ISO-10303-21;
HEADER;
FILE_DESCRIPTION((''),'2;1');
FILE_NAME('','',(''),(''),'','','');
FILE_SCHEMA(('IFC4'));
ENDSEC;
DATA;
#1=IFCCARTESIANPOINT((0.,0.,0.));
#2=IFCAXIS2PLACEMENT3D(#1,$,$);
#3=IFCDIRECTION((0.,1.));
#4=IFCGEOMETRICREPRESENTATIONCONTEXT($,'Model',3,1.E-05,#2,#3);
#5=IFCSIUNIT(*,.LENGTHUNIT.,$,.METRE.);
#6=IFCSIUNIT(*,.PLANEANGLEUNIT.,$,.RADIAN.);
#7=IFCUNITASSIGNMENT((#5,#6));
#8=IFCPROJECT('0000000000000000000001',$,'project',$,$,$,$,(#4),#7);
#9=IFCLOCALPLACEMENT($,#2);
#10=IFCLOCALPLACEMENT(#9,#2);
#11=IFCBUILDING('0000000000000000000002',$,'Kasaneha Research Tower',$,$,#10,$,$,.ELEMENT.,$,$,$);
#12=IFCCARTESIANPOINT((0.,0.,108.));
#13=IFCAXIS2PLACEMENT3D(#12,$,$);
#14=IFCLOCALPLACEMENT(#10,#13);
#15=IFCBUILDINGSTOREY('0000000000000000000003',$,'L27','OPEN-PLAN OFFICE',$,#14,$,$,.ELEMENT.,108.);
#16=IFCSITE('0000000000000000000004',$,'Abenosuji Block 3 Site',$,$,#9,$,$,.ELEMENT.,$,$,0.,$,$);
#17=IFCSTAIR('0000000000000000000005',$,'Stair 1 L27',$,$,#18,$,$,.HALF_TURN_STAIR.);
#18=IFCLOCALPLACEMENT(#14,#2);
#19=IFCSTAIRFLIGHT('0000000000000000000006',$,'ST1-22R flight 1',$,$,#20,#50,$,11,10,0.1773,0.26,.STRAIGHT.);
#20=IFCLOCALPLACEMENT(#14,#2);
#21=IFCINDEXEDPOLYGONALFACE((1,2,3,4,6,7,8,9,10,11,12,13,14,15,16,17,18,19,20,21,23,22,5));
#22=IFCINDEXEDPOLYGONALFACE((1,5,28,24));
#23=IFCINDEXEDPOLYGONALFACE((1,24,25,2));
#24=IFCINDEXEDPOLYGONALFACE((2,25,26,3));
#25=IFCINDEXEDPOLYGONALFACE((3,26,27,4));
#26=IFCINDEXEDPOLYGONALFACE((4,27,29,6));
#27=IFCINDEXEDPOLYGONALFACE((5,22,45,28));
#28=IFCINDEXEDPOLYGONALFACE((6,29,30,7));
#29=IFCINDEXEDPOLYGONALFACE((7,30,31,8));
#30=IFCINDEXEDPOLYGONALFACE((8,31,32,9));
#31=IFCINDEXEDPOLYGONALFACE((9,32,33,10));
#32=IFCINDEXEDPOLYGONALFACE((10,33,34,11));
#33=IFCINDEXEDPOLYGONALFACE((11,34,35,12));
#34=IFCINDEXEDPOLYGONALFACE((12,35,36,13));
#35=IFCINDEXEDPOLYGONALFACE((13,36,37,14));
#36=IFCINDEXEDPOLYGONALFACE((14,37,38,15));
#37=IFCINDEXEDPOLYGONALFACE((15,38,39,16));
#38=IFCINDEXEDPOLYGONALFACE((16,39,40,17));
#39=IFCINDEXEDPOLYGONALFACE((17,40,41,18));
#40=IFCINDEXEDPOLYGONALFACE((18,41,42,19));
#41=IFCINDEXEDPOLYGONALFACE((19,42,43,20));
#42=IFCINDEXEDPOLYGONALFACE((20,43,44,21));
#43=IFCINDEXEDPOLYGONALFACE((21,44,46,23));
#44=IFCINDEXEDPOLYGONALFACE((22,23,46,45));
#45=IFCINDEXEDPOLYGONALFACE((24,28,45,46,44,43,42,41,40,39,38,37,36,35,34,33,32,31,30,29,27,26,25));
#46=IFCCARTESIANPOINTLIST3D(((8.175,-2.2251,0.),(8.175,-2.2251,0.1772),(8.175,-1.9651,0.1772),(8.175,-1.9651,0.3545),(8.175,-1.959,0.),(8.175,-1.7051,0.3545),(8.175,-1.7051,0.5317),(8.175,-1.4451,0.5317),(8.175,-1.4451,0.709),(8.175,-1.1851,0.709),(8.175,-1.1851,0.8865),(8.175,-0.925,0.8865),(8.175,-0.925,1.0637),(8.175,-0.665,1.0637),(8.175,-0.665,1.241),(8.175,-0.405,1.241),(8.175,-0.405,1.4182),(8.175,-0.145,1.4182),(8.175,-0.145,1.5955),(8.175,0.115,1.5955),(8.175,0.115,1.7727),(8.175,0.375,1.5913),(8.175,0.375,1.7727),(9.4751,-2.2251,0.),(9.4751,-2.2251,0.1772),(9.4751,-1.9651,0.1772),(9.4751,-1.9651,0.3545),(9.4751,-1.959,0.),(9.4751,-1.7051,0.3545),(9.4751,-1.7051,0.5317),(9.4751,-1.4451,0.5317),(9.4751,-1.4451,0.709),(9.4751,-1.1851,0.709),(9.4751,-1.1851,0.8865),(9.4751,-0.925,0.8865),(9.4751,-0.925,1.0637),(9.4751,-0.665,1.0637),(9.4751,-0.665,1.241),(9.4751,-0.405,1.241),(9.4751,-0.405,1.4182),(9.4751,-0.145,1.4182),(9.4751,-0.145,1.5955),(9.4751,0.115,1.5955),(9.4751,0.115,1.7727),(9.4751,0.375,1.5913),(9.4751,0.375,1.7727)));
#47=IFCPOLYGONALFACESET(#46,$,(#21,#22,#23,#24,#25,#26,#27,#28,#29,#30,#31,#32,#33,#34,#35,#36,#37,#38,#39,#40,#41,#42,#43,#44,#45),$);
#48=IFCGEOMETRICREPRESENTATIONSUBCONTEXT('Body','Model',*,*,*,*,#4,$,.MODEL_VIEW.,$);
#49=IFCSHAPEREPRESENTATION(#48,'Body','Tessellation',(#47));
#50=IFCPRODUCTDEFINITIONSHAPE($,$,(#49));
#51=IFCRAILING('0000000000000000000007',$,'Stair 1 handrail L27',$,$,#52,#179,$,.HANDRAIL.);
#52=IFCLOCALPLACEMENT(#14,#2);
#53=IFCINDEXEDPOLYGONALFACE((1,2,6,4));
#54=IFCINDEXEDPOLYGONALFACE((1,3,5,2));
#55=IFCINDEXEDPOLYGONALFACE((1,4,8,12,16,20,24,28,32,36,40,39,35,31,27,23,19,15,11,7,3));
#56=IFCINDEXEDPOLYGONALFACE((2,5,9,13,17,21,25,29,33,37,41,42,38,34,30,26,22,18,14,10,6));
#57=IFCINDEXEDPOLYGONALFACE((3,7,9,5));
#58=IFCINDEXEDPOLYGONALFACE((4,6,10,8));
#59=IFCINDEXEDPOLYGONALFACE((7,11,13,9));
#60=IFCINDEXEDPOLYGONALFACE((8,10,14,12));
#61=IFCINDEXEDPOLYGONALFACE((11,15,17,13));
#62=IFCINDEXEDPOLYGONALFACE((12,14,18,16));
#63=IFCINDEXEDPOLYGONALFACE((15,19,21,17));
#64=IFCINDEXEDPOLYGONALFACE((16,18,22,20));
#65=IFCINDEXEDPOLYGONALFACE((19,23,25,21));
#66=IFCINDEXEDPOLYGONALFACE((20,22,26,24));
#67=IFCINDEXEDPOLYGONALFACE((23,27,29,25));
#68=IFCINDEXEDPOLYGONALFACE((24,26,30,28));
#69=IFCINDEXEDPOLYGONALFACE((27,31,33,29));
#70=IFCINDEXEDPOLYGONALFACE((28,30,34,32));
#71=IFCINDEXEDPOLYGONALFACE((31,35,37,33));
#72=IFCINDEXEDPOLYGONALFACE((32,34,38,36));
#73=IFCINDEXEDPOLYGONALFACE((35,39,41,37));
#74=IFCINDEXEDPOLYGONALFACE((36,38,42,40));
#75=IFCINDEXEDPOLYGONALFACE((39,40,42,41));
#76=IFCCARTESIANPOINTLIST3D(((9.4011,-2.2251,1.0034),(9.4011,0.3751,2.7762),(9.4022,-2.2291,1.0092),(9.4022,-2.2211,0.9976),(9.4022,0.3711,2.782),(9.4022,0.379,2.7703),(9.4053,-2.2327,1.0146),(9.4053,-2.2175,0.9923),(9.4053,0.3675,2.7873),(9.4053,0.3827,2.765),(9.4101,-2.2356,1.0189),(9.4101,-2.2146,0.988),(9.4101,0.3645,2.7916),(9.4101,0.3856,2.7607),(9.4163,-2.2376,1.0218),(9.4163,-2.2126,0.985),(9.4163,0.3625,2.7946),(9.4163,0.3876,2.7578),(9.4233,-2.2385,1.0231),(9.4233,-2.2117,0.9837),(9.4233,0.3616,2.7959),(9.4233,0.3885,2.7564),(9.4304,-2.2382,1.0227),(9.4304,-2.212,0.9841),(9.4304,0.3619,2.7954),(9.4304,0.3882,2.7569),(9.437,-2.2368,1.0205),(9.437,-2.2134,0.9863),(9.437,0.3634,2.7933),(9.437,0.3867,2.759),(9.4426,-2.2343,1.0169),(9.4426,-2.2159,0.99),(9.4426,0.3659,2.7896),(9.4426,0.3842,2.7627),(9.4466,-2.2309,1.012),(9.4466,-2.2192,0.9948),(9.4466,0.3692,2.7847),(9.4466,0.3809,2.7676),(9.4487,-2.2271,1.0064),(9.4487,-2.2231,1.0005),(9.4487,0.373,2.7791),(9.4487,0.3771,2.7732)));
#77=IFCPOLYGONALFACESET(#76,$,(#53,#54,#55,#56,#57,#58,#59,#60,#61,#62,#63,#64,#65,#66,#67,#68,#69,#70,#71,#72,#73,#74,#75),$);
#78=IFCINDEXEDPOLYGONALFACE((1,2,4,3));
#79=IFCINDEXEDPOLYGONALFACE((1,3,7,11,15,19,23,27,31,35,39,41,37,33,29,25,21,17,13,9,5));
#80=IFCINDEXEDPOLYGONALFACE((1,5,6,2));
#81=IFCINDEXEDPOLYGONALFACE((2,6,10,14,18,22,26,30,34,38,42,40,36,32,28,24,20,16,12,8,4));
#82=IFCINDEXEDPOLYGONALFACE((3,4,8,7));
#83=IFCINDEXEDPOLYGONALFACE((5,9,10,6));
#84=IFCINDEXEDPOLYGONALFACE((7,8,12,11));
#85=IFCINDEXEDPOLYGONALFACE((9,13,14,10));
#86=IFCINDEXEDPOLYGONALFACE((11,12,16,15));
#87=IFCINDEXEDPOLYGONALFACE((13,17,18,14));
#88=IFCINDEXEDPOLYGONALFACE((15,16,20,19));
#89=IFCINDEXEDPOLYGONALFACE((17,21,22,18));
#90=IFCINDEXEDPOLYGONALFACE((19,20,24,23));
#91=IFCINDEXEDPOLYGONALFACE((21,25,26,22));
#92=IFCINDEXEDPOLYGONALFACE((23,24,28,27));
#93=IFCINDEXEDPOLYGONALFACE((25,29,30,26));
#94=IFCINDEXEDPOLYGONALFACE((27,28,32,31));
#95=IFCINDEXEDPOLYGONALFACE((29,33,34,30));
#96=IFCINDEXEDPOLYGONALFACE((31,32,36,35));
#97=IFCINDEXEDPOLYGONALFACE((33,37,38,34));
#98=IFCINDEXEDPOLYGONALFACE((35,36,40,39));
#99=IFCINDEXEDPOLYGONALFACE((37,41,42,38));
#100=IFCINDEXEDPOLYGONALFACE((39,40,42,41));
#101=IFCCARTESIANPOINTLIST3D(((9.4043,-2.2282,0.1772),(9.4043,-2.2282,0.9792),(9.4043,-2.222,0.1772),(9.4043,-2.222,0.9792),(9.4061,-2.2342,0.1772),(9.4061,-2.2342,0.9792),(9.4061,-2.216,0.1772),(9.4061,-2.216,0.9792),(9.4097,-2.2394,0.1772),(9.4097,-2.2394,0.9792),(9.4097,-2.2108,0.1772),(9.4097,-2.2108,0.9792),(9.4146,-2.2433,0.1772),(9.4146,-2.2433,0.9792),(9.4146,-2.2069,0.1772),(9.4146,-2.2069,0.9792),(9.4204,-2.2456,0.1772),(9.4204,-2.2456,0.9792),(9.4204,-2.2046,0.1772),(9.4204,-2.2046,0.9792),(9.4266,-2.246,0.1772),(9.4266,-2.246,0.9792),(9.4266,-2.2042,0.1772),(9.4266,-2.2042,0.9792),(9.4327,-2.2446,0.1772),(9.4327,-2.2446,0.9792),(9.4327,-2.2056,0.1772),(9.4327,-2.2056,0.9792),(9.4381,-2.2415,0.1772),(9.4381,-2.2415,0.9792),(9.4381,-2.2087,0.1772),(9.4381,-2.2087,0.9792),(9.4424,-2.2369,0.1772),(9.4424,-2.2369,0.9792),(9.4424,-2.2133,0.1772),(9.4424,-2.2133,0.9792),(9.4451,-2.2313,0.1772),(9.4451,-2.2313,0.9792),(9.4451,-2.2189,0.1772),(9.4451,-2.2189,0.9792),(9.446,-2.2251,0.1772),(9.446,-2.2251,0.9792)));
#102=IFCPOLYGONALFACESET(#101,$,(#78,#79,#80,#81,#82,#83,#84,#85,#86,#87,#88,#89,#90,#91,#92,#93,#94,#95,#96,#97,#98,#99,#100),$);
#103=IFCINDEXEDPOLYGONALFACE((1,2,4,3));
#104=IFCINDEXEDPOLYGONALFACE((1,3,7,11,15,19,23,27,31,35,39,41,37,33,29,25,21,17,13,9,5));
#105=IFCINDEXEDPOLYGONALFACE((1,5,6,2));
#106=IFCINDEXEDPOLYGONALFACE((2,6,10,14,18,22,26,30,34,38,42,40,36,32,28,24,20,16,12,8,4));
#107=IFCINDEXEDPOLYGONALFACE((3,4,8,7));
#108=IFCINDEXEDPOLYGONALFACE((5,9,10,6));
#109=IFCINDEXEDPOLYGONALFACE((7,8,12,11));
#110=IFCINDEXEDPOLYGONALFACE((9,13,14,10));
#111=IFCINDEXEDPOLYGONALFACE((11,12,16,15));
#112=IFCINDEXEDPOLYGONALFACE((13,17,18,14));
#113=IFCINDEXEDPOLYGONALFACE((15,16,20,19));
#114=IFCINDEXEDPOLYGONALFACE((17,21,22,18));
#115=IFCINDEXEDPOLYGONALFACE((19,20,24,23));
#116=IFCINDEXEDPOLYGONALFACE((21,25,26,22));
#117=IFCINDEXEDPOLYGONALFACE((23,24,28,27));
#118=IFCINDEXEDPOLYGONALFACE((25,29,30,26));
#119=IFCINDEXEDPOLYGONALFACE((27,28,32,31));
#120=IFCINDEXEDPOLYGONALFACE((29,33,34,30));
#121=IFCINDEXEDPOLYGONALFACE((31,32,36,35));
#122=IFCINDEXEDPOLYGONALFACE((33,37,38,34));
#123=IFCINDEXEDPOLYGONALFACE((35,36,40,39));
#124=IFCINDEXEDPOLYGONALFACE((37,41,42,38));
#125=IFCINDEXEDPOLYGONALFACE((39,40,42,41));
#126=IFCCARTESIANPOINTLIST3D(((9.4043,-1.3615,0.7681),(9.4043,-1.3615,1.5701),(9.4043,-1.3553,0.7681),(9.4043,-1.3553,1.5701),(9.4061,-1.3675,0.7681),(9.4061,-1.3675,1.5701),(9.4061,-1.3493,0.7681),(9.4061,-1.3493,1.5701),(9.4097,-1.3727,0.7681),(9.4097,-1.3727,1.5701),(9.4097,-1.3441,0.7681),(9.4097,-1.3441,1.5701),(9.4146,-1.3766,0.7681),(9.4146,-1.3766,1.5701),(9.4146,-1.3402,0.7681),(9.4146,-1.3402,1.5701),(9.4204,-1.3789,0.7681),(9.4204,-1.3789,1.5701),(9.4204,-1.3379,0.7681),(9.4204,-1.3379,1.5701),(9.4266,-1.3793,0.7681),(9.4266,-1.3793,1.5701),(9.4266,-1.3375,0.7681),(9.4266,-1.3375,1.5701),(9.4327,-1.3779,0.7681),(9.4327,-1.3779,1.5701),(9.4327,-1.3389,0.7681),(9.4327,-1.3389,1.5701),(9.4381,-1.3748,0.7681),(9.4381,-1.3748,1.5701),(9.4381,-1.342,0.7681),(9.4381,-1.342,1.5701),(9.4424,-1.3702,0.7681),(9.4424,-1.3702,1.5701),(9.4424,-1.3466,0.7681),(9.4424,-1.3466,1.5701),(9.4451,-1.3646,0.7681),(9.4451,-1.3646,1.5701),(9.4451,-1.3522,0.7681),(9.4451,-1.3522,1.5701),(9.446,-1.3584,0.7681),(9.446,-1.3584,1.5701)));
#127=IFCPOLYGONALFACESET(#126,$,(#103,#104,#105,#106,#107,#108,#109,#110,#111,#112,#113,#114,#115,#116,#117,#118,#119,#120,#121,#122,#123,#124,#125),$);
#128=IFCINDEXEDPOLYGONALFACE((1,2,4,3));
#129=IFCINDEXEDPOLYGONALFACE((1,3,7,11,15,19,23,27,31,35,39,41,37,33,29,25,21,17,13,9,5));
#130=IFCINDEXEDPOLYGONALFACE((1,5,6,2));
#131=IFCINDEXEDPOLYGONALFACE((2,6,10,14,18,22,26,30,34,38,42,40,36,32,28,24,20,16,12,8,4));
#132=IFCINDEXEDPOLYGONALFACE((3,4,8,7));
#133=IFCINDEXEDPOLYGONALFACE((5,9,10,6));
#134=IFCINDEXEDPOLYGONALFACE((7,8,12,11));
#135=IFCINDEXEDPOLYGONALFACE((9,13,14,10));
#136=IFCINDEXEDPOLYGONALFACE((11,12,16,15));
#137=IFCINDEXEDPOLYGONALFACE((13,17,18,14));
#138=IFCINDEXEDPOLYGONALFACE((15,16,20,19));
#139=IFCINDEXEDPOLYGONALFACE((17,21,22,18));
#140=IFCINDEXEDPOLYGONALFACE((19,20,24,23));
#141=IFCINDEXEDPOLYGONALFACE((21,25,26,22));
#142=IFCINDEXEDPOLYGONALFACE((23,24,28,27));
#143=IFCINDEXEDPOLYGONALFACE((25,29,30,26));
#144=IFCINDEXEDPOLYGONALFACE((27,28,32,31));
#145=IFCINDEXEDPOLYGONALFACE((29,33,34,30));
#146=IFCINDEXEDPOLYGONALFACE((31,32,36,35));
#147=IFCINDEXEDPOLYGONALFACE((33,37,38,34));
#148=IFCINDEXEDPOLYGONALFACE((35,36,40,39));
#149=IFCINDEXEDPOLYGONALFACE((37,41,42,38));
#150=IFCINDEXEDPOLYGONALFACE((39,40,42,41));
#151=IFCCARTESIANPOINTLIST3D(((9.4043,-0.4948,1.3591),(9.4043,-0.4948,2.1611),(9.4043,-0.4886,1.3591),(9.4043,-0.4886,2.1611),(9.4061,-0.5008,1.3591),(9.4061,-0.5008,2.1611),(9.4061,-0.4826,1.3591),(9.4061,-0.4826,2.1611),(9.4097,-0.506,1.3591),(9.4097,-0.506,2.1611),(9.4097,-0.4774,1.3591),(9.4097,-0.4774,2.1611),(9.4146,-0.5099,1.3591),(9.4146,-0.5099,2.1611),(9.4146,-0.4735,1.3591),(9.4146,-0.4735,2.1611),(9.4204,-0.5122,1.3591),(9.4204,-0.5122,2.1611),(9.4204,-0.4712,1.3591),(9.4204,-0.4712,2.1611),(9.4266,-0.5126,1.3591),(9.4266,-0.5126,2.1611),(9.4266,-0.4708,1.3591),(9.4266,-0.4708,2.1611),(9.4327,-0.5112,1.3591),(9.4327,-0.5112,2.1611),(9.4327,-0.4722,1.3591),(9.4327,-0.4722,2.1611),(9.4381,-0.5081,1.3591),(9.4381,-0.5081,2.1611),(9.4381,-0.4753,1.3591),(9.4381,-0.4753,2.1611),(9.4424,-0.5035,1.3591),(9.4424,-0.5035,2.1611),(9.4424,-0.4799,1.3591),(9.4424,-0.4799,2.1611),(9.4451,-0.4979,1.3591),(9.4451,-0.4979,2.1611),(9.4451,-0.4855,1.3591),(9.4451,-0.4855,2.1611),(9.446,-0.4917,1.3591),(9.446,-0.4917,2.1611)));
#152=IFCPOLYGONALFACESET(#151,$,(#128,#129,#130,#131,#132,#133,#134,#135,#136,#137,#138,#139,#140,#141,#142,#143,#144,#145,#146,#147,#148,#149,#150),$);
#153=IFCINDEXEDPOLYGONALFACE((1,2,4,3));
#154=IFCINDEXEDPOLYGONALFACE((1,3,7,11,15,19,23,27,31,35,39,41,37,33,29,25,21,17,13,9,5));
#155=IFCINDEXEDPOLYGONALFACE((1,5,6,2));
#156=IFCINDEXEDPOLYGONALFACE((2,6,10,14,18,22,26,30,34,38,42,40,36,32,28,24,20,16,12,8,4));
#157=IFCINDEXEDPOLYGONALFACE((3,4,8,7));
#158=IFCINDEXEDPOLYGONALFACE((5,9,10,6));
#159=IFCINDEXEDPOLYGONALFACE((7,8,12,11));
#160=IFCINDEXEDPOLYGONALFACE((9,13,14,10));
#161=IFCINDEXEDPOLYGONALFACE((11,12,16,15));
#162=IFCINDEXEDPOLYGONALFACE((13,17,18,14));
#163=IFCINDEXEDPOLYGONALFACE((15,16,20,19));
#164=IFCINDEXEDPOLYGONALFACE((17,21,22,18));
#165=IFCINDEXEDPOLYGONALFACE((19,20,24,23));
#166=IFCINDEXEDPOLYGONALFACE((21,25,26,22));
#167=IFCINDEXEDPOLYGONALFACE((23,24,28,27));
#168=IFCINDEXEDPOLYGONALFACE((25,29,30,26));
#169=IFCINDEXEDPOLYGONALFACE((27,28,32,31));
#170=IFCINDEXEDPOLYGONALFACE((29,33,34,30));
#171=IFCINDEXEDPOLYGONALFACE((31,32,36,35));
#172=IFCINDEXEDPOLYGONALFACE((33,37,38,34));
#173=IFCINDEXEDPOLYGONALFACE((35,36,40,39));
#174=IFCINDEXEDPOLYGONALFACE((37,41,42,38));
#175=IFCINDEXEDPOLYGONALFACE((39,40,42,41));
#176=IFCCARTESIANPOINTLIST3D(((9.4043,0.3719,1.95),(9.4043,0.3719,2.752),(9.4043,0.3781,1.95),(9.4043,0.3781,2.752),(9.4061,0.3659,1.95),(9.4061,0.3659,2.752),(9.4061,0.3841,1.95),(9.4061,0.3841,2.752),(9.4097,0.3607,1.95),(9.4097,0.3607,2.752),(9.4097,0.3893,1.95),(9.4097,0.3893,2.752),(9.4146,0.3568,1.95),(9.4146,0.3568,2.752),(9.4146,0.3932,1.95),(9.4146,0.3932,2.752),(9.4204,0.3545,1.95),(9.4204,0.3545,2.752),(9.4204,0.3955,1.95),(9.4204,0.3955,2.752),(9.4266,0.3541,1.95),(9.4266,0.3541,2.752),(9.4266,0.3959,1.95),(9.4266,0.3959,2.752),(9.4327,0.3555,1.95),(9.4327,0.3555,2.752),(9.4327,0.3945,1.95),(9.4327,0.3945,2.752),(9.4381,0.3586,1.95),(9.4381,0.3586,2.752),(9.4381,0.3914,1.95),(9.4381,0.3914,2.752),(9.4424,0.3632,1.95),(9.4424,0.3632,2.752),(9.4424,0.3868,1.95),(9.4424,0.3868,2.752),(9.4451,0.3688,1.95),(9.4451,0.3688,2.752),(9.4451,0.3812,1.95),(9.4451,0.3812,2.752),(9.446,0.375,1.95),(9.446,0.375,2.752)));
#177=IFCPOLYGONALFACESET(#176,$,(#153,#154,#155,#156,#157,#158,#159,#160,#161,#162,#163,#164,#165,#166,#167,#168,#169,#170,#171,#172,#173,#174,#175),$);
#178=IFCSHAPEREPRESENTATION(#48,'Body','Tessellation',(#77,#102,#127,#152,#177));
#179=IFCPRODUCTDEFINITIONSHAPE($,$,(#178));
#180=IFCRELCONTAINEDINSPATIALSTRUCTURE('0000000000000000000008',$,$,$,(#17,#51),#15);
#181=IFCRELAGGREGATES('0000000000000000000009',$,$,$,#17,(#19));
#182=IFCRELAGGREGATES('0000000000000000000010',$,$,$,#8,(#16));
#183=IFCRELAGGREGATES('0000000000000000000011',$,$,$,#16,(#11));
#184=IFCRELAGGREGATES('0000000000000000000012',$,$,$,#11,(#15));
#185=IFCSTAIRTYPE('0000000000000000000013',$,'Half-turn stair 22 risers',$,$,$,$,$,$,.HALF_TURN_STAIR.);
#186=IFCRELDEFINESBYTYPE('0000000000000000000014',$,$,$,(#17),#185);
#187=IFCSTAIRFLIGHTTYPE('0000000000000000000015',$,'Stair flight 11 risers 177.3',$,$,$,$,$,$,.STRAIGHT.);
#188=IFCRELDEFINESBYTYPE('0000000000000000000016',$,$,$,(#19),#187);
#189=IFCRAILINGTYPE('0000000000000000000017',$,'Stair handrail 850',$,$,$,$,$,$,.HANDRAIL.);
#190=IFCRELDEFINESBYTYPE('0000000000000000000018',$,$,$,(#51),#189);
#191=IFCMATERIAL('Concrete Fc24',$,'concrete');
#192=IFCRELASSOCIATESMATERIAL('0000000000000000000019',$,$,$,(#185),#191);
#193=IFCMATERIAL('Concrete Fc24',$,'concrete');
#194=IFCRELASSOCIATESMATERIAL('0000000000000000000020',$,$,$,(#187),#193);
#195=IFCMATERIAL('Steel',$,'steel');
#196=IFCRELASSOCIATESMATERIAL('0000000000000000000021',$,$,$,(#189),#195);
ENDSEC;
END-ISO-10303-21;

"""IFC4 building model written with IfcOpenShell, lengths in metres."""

from ifc_helpers import new_model, si_unit, direction, frame, origin, origin_2d, place, context, subcontext, project, spatial, polyline, circle, outline, extrude, material, type_object, element, aggregate, save


model = new_model("IFC4")

# Units and contexts
model_context = context("Model", 3, precision=1e-05, world=origin(), true_north=direction((0.0, 1.0)))
body_context = subcontext(model_context, "Body", "Model", "MODEL_VIEW")
ifc_project = project(units=[si_unit("LENGTHUNIT", "METRE"), si_unit("PLANEANGLEUNIT", "RADIAN")], contexts=[model_context])

# Site, building, storey
site_placement = place(None, origin())
site = spatial("IfcSite", under=ifc_project, at=site_placement, Name="Abenosuji Block 3 Site", CompositionType="ELEMENT", RefElevation=0.0)
building_placement = place(site_placement, origin())
building = spatial("IfcBuilding", under=site, at=building_placement, Name="Kasaneha Research Tower", CompositionType="ELEMENT")
storey_placement = place(building_placement, frame((0.0, 0.0, 108.0)))
storey = spatial("IfcBuildingStorey", under=building, at=storey_placement, Name="L27", Description="OPEN-PLAN OFFICE", CompositionType="ELEMENT", Elevation=108.0)

# Stair, stair flight
ifc_material_1 = material(Name="Concrete Fc24", Category="concrete")
stair_type = type_object("IfcStairType", Name="Half-turn stair 22 risers", PredefinedType="HALF_TURN_STAIR", material=ifc_material_1)
stair_placement = place(storey_placement, origin())
stair = element("IfcStair", 1, at=stair_placement, inside=storey, type_object=stair_type, Name="Stair 1 L27", PredefinedType="HALF_TURN_STAIR")
ifc_material_2 = material(Name="Concrete Fc24", Category="concrete")
stair_flight_type = type_object("IfcStairFlightType", Name="Stair flight 11 risers 177.3", PredefinedType="STRAIGHT", material=ifc_material_2)
stair_flight_placement = place(storey_placement, frame((8.825, -2.2251, 0.0), z_axis=(0.0, 0.0, 1.0), x_axis=(0.0, 1.0, 0.0)))
stair_flight = element("IfcStairFlight", 2, at=stair_flight_placement, type_object=stair_flight_type, Name="ST1-22R flight 1", NumberOfRisers=11, NumberOfTreads=10, PredefinedType="STRAIGHT", RiserHeight=0.1773, TreadLength=0.26, context=body_context, shape_type="SweptSolid", body=[
    extrude(outline(polyline([(0.0, 0.0), (0.0, 0.1772), (0.26, 0.1772), (0.26, 0.3545), (0.52, 0.3545), (0.52, 0.5317), (0.78, 0.5317), (0.78, 0.709), (1.04, 0.709), (1.04, 0.8865), (1.3, 0.8865), (1.3, 1.0637), (1.5601, 1.0637), (1.5601, 1.241), (1.8201, 1.241), (1.8201, 1.4182), (2.0801, 1.4182), (2.0801, 1.5955), (2.3401, 1.5955), (2.3401, 1.7727), (2.6001, 1.7727), (2.6001, 1.95), (2.6001, 1.5913), (0.2661, 0.0), (0.0, 0.0)])), frame((0.0, 0.6499, 0.0), z_axis=(0.0, -1.0, 0.0), x_axis=(1.0, 0.0, 0.0)), (0.0, 0.0, 1.0), 1.3),
])
aggregate(stair, [stair_flight])

# Railing
ifc_material_3 = material(Name="Steel", Category="steel")
railing_type = type_object("IfcRailingType", Name="Stair handrail 850", PredefinedType="HANDRAIL", material=ifc_material_3)
railing_placement = place(storey_placement, frame((9.425, -2.2251, 0.1772)))
element("IfcRailing", 3, at=railing_placement, inside=storey, type_object=railing_type, Name="Stair 1 handrail L27", PredefinedType="HANDRAIL", context=body_context, shape_type="SweptSolid", body=[
    extrude(circle(Radius=0.0239, at=origin_2d()), frame((0.0, 0.0, 0.8262), z_axis=(0.0, 0.82624, 0.563318), x_axis=(-1.0, 0.0, 0.0)), (0.0, 0.0, 1.0), 3.147),
    extrude(circle(Radius=0.021, at=origin_2d()), origin(), (0.0, 0.0, 1.0), 0.802),
    extrude(circle(Radius=0.021, at=origin_2d()), frame((0.0, 0.8667, 0.5908)), (0.0, 0.0, 1.0), 0.802),
    extrude(circle(Radius=0.021, at=origin_2d()), frame((0.0, 1.7334, 1.1819)), (0.0, 0.0, 1.0), 0.802),
    extrude(circle(Radius=0.021, at=origin_2d()), frame((0.0, 2.6001, 1.7727)), (0.0, 0.0, 1.0), 0.802),
])

save(model, "model.ifc")
